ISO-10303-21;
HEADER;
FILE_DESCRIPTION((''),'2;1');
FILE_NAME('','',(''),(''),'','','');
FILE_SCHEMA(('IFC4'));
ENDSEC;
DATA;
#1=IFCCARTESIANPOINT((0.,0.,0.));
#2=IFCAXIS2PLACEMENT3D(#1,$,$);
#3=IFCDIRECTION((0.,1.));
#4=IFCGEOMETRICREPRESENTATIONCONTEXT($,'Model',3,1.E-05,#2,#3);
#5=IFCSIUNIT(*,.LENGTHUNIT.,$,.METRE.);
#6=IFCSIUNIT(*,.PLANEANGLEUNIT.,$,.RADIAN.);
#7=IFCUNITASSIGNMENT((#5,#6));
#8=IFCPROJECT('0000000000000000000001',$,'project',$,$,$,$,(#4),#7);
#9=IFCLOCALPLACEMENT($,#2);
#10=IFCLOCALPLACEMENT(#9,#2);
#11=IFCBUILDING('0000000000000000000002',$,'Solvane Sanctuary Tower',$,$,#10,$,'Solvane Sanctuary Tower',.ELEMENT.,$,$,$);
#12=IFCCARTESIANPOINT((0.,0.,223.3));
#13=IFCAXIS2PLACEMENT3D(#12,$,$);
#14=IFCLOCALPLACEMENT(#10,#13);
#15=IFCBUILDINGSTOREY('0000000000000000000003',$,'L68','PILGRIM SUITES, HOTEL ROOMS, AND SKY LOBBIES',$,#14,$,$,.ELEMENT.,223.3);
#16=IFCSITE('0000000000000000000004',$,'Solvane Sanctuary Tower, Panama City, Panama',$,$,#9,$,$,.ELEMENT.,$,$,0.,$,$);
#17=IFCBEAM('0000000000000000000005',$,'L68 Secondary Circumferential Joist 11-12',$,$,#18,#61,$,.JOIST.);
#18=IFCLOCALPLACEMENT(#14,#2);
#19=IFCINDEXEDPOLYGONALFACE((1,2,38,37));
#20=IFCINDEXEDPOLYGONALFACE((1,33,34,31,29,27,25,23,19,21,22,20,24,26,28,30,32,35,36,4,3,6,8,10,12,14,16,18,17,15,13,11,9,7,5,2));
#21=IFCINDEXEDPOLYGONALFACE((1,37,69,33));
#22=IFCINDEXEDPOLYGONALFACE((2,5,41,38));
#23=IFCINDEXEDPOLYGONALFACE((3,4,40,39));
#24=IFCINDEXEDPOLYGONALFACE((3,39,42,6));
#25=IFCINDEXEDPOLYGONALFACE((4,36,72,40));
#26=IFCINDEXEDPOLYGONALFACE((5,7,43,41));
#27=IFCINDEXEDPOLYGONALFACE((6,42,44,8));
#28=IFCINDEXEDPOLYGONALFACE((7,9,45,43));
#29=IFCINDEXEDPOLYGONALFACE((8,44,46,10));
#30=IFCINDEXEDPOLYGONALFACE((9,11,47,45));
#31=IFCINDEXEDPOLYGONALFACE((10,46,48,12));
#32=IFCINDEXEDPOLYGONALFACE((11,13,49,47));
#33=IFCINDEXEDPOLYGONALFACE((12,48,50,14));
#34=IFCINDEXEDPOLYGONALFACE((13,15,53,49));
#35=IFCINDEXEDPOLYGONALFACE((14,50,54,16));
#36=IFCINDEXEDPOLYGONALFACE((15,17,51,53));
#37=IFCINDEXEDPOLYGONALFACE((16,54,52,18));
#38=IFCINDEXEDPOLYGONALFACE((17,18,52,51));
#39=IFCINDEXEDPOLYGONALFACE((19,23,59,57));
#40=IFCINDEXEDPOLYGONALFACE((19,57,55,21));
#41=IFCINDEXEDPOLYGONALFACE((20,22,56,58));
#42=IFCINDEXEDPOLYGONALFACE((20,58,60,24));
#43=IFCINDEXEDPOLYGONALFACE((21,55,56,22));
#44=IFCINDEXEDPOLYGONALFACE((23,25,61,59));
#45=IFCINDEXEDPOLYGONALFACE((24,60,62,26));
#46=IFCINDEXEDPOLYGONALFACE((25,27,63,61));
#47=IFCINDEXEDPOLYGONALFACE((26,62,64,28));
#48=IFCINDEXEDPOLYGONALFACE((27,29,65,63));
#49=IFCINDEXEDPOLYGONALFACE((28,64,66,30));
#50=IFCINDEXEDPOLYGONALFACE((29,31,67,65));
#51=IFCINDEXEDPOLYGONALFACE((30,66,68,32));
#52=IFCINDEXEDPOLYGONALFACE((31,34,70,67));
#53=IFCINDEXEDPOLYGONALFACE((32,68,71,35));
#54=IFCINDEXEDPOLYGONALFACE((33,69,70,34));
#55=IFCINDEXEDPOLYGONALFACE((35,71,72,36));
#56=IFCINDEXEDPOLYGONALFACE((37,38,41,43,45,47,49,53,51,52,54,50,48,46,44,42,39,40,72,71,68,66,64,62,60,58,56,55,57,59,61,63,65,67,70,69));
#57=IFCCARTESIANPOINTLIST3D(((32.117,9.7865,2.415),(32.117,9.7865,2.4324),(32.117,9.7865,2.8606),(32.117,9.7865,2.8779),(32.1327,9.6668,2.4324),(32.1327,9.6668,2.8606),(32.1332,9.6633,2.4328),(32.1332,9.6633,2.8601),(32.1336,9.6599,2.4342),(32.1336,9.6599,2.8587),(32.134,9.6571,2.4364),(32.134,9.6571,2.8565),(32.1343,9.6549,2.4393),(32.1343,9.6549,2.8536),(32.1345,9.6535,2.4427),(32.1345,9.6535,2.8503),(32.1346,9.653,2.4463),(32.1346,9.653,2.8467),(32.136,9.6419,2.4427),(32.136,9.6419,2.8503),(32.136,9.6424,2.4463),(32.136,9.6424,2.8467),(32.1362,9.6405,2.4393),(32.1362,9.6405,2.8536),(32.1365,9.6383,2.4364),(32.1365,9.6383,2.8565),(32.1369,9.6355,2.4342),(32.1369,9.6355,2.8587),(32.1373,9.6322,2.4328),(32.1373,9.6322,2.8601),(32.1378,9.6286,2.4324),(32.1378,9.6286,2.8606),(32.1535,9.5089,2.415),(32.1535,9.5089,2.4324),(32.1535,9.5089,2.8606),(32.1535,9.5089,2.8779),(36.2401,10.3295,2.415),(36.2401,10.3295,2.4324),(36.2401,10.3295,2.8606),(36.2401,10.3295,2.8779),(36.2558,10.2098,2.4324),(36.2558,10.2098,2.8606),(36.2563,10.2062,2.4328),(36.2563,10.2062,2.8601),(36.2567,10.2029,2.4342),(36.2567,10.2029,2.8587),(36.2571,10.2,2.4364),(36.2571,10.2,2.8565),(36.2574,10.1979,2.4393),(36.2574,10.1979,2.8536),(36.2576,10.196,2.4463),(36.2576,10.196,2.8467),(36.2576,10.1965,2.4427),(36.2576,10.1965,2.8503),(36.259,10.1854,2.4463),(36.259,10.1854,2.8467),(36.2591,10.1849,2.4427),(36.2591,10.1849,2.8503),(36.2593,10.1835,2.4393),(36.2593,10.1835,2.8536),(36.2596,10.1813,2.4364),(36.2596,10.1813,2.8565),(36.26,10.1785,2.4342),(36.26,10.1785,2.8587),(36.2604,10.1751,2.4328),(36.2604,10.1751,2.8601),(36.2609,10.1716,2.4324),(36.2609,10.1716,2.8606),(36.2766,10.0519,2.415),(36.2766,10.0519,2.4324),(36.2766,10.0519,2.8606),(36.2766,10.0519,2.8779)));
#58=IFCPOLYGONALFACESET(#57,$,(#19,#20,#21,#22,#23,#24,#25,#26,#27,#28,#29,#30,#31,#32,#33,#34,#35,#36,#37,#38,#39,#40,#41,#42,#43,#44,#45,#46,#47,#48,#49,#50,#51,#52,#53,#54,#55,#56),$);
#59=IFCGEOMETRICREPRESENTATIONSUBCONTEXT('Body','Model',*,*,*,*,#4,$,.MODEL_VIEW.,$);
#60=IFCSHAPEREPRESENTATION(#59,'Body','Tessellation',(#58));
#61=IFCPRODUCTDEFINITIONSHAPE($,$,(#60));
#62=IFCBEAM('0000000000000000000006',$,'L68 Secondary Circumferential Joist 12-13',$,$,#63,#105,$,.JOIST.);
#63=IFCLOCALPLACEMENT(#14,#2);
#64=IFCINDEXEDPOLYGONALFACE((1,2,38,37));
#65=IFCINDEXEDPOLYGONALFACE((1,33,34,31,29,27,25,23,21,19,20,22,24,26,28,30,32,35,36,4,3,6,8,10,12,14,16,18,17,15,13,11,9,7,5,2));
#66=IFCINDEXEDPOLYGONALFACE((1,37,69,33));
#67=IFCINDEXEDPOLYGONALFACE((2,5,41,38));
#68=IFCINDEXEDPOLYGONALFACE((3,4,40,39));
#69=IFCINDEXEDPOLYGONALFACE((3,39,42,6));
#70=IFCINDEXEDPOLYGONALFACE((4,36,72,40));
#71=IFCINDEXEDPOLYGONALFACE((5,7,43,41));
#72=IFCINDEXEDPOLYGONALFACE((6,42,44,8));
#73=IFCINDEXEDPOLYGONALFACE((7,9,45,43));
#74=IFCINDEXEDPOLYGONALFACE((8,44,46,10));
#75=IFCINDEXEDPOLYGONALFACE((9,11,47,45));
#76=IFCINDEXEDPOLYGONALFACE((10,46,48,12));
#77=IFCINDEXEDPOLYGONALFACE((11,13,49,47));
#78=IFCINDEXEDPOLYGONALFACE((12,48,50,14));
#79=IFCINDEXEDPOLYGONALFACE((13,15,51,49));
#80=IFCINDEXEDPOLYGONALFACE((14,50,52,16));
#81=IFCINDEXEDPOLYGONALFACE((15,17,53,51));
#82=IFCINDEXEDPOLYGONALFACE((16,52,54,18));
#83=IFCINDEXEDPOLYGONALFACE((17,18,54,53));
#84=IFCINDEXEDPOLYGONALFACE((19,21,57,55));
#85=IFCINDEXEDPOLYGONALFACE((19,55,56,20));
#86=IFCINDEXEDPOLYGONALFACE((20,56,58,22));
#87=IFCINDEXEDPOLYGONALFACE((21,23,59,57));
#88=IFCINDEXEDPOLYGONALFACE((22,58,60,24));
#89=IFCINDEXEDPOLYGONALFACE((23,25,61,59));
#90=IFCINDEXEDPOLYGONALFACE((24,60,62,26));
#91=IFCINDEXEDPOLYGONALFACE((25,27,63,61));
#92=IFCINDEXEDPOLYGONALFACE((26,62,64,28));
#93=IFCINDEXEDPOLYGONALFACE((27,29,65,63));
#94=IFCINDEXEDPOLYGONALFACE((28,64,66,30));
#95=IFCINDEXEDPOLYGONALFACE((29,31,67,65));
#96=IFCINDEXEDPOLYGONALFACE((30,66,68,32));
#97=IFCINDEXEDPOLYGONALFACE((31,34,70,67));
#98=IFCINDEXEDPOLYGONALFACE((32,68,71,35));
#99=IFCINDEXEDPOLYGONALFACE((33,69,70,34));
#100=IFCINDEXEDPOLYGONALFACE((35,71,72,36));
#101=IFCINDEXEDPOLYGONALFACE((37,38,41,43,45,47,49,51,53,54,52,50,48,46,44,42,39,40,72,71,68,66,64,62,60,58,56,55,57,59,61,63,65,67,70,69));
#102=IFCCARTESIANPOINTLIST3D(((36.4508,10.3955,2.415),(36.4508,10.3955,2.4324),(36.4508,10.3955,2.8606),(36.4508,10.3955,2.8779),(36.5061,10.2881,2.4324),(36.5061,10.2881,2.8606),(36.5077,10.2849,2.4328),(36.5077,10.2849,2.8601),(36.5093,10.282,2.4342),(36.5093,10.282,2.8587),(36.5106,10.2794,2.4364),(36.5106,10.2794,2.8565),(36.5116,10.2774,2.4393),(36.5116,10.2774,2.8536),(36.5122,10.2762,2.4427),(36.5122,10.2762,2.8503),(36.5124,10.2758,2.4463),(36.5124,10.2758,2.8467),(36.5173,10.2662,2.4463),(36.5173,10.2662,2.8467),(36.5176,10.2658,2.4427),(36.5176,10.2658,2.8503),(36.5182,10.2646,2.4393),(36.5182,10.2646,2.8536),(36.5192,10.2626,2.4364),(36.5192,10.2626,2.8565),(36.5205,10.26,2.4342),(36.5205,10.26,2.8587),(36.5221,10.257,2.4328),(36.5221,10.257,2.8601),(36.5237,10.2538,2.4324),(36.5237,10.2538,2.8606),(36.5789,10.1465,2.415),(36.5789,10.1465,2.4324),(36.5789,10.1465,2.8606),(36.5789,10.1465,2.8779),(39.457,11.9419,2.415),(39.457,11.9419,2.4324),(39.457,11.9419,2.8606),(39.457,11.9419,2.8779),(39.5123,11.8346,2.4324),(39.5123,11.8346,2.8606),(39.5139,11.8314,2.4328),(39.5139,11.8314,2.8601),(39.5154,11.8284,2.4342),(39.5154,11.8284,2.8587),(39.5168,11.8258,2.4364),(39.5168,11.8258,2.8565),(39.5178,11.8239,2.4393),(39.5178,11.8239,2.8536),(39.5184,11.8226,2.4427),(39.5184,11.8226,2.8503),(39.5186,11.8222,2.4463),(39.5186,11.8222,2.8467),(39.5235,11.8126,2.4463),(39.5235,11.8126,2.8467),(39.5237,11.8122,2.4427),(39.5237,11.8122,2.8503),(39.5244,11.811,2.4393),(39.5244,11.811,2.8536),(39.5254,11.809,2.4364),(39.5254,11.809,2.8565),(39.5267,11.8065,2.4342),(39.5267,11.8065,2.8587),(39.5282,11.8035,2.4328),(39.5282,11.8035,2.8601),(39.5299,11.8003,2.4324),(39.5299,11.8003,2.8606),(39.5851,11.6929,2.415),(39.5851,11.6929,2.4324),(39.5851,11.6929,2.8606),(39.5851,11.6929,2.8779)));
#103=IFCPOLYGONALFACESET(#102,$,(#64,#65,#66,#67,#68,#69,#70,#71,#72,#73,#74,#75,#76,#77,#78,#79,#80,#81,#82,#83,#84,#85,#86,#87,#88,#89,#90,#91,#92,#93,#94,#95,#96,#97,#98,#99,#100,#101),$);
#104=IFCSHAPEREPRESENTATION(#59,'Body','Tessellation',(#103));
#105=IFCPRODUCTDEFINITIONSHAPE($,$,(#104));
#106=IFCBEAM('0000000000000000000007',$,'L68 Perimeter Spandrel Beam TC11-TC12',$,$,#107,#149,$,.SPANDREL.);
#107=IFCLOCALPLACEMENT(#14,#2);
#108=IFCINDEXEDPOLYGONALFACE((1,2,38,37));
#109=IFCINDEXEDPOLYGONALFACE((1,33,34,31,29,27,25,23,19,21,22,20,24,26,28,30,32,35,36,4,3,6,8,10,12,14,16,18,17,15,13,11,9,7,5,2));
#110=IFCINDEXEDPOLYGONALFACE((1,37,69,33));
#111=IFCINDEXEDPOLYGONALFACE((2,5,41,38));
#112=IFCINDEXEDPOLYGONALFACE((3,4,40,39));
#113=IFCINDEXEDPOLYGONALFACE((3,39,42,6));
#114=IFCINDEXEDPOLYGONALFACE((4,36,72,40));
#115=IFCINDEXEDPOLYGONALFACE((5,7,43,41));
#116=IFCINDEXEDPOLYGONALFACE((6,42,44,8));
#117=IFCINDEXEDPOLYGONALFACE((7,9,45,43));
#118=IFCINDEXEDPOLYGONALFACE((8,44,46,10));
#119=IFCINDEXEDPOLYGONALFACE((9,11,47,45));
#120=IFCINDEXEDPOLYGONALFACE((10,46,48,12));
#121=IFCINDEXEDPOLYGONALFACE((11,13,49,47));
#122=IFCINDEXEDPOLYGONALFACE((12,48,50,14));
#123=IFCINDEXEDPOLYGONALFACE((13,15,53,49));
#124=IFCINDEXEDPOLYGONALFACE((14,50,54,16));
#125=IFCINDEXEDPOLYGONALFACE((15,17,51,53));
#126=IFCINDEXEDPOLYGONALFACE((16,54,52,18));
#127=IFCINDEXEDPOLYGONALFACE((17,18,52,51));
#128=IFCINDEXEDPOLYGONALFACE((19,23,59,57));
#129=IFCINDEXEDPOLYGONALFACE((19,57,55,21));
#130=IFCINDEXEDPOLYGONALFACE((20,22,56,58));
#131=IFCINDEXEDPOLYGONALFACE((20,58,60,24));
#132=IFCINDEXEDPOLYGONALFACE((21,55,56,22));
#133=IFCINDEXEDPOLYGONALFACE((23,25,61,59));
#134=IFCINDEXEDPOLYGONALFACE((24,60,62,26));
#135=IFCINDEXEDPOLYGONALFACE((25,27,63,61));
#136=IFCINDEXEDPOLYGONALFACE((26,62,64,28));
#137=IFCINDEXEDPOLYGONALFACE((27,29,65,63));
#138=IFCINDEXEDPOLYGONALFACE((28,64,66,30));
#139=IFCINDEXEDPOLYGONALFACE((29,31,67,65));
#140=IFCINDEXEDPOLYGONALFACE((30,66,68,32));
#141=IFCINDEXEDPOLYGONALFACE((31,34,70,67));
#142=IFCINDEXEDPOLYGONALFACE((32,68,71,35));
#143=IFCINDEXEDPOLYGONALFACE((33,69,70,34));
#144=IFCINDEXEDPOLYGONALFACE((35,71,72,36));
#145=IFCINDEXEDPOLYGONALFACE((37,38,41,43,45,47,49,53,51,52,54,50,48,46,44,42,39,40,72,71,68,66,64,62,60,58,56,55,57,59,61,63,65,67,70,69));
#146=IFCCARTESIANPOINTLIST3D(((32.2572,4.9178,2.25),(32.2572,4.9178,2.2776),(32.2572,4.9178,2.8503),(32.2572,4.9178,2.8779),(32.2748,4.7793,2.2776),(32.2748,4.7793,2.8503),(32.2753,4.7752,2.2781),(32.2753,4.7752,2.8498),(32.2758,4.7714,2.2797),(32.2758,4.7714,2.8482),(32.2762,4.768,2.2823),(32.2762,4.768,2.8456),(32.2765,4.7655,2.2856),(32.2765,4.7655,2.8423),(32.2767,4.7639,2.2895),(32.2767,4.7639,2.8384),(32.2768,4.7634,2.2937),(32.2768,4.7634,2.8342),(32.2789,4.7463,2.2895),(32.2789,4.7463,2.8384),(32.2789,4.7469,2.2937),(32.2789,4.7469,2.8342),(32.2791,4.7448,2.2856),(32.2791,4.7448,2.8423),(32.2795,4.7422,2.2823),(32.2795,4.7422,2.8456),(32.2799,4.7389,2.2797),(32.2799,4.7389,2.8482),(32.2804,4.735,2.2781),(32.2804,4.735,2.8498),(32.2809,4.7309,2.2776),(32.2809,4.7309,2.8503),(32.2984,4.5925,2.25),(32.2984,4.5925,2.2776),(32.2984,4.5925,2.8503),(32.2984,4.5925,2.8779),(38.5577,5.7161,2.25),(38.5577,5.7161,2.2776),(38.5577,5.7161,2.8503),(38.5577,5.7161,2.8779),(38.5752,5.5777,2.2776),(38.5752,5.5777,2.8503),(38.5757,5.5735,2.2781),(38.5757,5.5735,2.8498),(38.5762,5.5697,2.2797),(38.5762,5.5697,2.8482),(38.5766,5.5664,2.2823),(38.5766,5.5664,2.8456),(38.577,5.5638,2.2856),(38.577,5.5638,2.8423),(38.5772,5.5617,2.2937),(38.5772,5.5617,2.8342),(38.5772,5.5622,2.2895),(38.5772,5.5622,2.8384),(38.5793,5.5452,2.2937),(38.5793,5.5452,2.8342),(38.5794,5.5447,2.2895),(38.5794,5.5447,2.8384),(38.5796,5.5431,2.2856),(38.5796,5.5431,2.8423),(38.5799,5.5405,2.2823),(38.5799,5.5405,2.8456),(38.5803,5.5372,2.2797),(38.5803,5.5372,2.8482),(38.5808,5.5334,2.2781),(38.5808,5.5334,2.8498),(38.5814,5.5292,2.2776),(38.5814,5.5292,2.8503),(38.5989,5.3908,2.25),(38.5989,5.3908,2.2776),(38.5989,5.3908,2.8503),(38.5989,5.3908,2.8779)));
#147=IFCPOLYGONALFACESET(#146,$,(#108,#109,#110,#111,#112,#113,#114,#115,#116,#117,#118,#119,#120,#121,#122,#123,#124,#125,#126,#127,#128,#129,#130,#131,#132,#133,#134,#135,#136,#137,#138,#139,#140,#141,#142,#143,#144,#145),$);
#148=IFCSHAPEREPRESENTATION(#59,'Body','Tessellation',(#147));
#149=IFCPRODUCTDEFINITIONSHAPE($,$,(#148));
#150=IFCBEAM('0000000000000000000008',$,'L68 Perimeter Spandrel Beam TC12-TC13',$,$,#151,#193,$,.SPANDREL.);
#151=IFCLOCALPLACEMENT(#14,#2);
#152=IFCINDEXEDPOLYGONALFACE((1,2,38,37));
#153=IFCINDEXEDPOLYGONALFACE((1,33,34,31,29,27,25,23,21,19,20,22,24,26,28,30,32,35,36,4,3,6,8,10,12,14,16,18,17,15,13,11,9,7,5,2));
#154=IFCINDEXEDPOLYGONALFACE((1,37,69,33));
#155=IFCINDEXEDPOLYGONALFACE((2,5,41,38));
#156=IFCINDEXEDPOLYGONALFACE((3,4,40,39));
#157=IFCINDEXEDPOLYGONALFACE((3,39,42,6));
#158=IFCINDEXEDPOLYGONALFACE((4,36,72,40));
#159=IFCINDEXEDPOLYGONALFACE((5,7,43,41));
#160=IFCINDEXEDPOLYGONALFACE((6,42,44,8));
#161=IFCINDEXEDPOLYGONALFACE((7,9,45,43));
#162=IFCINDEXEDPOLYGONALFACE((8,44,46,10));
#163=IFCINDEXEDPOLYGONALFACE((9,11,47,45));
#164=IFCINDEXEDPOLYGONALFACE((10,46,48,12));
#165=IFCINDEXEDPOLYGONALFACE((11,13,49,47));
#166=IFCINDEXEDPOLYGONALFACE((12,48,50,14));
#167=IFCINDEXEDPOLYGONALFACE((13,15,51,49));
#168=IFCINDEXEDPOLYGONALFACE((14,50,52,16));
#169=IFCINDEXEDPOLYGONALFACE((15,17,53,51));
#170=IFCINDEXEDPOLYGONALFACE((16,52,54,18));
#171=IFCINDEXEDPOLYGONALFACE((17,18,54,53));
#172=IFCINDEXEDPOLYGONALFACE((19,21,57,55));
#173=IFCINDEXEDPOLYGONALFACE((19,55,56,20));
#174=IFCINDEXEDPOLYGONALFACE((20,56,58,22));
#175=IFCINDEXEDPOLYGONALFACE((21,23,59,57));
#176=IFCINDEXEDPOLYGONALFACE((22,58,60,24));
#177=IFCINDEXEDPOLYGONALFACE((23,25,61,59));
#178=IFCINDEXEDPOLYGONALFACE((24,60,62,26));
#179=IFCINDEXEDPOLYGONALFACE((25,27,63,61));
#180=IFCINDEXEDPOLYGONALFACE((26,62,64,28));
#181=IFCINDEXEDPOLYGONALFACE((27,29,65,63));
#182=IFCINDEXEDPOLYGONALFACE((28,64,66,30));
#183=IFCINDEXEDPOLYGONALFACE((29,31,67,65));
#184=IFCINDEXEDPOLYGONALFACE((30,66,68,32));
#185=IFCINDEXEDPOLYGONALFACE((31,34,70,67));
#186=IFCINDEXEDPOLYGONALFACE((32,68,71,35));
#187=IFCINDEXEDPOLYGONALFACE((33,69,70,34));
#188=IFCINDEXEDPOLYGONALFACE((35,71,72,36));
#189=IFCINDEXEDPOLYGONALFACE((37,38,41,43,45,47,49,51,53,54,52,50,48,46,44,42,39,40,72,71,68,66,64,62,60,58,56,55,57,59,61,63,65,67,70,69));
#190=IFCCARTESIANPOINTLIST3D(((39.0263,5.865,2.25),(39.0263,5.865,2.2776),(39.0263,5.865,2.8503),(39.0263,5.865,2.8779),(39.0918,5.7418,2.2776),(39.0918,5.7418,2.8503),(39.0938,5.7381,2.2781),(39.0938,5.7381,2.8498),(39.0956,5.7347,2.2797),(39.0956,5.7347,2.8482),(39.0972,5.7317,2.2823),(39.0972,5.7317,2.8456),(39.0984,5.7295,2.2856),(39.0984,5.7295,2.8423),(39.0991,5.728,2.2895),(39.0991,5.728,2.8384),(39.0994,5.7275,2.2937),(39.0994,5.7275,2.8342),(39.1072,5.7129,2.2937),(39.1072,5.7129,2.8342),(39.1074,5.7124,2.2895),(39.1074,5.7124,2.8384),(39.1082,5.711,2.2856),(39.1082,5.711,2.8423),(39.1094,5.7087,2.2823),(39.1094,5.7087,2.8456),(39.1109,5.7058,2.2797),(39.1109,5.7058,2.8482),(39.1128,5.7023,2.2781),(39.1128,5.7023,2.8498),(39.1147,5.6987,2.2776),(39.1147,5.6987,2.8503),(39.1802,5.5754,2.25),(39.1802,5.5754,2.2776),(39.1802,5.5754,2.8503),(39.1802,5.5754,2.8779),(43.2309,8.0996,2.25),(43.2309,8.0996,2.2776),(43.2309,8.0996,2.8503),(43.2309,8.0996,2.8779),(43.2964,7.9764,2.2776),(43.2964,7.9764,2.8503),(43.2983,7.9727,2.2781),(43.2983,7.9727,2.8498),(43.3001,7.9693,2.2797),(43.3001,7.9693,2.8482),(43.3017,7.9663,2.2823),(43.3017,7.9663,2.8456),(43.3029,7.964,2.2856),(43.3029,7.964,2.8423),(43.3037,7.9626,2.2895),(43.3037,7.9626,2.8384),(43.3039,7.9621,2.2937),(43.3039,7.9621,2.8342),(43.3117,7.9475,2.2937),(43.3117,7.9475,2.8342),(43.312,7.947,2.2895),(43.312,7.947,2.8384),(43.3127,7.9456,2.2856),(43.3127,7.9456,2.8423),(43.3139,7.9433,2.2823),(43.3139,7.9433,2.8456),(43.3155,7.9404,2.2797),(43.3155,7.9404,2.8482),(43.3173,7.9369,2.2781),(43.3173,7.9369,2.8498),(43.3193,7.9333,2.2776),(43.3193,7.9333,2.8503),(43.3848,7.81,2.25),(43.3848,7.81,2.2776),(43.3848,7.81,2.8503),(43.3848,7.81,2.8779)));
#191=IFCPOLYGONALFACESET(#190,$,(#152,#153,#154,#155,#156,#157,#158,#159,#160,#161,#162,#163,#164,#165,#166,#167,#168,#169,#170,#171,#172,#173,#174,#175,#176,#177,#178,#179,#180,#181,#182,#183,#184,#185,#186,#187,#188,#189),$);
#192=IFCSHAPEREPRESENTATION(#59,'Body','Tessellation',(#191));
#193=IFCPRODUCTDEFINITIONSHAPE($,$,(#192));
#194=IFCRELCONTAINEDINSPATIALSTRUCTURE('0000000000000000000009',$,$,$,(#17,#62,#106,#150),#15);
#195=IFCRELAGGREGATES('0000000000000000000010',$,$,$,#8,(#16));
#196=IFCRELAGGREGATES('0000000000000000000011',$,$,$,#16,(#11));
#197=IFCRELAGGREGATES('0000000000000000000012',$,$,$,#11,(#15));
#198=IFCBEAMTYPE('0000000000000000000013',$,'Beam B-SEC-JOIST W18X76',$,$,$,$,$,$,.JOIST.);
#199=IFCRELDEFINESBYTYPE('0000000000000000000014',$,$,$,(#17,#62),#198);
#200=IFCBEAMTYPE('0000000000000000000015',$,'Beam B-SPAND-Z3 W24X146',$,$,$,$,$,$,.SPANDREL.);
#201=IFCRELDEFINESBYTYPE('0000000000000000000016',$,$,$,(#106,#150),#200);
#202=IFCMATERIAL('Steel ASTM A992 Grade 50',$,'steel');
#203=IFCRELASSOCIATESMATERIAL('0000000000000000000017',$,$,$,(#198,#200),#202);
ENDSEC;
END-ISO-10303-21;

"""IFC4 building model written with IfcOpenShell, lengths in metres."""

from ifc_helpers import new_model, si_unit, direction, frame, origin, origin_2d, place, context, subcontext, project, spatial, i_section, extrude, material, material_profile, profile_set, type_object, element, save


model = new_model("IFC4")

# Units and contexts
model_context = context("Model", 3, precision=1e-05, world=origin(), true_north=direction((0.0, 1.0)))
body_context = subcontext(model_context, "Body", "Model", "MODEL_VIEW")
ifc_project = project(units=[si_unit("LENGTHUNIT", "METRE"), si_unit("PLANEANGLEUNIT", "RADIAN")], contexts=[model_context])

# Site, building, storey
site_placement = place(None, origin())
site = spatial("IfcSite", under=ifc_project, at=site_placement, Name="Solvane Sanctuary Tower, Panama City, Panama", CompositionType="ELEMENT", RefElevation=0.0)
building_placement = place(site_placement, origin())
building = spatial("IfcBuilding", under=site, at=building_placement, Name="Solvane Sanctuary Tower", LongName="Solvane Sanctuary Tower", CompositionType="ELEMENT")
storey_placement = place(building_placement, frame((0.0, 0.0, 223.3)))
storey = spatial("IfcBuildingStorey", under=building, at=storey_placement, Name="L68", Description="PILGRIM SUITES, HOTEL ROOMS, AND SKY LOBBIES", CompositionType="ELEMENT", Elevation=223.3)

# Beams
ifc_material_1 = material(Name="Steel ASTM A992 Grade 50", Category="steel")
ifc_material_profile_1 = material_profile(ifc_material_1, i_section(OverallWidth=0.28, OverallDepth=0.4629, WebThickness=0.0107, FlangeThickness=0.0173, FilletRadius=0.0139, at=origin_2d()), Name="W18X76")
ifc_profile_set_1 = profile_set([ifc_material_profile_1], Name="Steel ASTM A992 Grade 50")
beam_type_1 = type_object("IfcBeamType", Name="Beam B-SEC-JOIST W18X76", PredefinedType="JOIST", material=ifc_profile_set_1)
beam_1_placement = place(storey_placement, frame((32.1353, 9.6477, 2.6465), z_axis=(0.99144, 0.130564, 0.0), x_axis=(-0.130564, 0.99144, 0.0)))
element("IfcBeam", 1, at=beam_1_placement, inside=storey, type_object=beam_type_1, Name="L68 Secondary Circumferential Joist 11-12", PredefinedType="JOIST", context=body_context, shape_type="SweptSolid", body=[
    extrude(i_section(OverallWidth=0.28, OverallDepth=0.4629, WebThickness=0.0107, FlangeThickness=0.0173, FilletRadius=0.0139, at=origin_2d()), origin(), (0.0, 0.0, 1.0), 4.1587),
])
beam_2_placement = place(storey_placement, frame((36.5149, 10.271, 2.6465), z_axis=(0.889241, 0.457439, 0.0), x_axis=(-0.457439, 0.889241, 0.0)))
element("IfcBeam", 2, at=beam_2_placement, inside=storey, type_object=beam_type_1, Name="L68 Secondary Circumferential Joist 12-13", PredefinedType="JOIST", context=body_context, shape_type="SweptSolid", body=[
    extrude(i_section(OverallWidth=0.28, OverallDepth=0.4629, WebThickness=0.0107, FlangeThickness=0.0173, FilletRadius=0.0139, at=origin_2d()), origin(), (0.0, 0.0, 1.0), 3.3806),
])
ifc_material_profile_2 = material_profile(ifc_material_1, i_section(OverallWidth=0.3279, OverallDepth=0.6279, WebThickness=0.0166, FlangeThickness=0.0276, FilletRadius=0.0161, at=origin_2d()), Name="W24X146")
ifc_profile_set_2 = profile_set([ifc_material_profile_2], Name="Steel ASTM A992 Grade 50")
beam_type_2 = type_object("IfcBeamType", Name="Beam B-SPAND-Z3 W24X146", PredefinedType="SPANDREL", material=ifc_profile_set_2)
beam_3_placement = place(storey_placement, frame((32.2778, 4.7551, 2.564), z_axis=(0.992068, 0.125705, 0.0), x_axis=(-0.125705, 0.992068, 0.0)))
element("IfcBeam", 3, at=beam_3_placement, inside=storey, type_object=beam_type_2, Name="L68 Perimeter Spandrel Beam TC11-TC12", PredefinedType="SPANDREL", context=body_context, shape_type="SweptSolid", body=[
    extrude(i_section(OverallWidth=0.3279, OverallDepth=0.6279, WebThickness=0.0166, FlangeThickness=0.0276, FilletRadius=0.0161, at=origin_2d()), origin(), (0.0, 0.0, 1.0), 6.3508),
])
beam_4_placement = place(storey_placement, frame((39.1033, 5.7202, 2.564), z_axis=(0.883035, 0.469308, 0.0), x_axis=(-0.469308, 0.883035, 0.0)))
element("IfcBeam", 4, at=beam_4_placement, inside=storey, type_object=beam_type_2, Name="L68 Perimeter Spandrel Beam TC12-TC13", PredefinedType="SPANDREL", context=body_context, shape_type="SweptSolid", body=[
    extrude(i_section(OverallWidth=0.3279, OverallDepth=0.6279, WebThickness=0.0166, FlangeThickness=0.0276, FilletRadius=0.0161, at=origin_2d()), origin(), (0.0, 0.0, 1.0), 4.7615),
])

save(model, "model.ifc")
